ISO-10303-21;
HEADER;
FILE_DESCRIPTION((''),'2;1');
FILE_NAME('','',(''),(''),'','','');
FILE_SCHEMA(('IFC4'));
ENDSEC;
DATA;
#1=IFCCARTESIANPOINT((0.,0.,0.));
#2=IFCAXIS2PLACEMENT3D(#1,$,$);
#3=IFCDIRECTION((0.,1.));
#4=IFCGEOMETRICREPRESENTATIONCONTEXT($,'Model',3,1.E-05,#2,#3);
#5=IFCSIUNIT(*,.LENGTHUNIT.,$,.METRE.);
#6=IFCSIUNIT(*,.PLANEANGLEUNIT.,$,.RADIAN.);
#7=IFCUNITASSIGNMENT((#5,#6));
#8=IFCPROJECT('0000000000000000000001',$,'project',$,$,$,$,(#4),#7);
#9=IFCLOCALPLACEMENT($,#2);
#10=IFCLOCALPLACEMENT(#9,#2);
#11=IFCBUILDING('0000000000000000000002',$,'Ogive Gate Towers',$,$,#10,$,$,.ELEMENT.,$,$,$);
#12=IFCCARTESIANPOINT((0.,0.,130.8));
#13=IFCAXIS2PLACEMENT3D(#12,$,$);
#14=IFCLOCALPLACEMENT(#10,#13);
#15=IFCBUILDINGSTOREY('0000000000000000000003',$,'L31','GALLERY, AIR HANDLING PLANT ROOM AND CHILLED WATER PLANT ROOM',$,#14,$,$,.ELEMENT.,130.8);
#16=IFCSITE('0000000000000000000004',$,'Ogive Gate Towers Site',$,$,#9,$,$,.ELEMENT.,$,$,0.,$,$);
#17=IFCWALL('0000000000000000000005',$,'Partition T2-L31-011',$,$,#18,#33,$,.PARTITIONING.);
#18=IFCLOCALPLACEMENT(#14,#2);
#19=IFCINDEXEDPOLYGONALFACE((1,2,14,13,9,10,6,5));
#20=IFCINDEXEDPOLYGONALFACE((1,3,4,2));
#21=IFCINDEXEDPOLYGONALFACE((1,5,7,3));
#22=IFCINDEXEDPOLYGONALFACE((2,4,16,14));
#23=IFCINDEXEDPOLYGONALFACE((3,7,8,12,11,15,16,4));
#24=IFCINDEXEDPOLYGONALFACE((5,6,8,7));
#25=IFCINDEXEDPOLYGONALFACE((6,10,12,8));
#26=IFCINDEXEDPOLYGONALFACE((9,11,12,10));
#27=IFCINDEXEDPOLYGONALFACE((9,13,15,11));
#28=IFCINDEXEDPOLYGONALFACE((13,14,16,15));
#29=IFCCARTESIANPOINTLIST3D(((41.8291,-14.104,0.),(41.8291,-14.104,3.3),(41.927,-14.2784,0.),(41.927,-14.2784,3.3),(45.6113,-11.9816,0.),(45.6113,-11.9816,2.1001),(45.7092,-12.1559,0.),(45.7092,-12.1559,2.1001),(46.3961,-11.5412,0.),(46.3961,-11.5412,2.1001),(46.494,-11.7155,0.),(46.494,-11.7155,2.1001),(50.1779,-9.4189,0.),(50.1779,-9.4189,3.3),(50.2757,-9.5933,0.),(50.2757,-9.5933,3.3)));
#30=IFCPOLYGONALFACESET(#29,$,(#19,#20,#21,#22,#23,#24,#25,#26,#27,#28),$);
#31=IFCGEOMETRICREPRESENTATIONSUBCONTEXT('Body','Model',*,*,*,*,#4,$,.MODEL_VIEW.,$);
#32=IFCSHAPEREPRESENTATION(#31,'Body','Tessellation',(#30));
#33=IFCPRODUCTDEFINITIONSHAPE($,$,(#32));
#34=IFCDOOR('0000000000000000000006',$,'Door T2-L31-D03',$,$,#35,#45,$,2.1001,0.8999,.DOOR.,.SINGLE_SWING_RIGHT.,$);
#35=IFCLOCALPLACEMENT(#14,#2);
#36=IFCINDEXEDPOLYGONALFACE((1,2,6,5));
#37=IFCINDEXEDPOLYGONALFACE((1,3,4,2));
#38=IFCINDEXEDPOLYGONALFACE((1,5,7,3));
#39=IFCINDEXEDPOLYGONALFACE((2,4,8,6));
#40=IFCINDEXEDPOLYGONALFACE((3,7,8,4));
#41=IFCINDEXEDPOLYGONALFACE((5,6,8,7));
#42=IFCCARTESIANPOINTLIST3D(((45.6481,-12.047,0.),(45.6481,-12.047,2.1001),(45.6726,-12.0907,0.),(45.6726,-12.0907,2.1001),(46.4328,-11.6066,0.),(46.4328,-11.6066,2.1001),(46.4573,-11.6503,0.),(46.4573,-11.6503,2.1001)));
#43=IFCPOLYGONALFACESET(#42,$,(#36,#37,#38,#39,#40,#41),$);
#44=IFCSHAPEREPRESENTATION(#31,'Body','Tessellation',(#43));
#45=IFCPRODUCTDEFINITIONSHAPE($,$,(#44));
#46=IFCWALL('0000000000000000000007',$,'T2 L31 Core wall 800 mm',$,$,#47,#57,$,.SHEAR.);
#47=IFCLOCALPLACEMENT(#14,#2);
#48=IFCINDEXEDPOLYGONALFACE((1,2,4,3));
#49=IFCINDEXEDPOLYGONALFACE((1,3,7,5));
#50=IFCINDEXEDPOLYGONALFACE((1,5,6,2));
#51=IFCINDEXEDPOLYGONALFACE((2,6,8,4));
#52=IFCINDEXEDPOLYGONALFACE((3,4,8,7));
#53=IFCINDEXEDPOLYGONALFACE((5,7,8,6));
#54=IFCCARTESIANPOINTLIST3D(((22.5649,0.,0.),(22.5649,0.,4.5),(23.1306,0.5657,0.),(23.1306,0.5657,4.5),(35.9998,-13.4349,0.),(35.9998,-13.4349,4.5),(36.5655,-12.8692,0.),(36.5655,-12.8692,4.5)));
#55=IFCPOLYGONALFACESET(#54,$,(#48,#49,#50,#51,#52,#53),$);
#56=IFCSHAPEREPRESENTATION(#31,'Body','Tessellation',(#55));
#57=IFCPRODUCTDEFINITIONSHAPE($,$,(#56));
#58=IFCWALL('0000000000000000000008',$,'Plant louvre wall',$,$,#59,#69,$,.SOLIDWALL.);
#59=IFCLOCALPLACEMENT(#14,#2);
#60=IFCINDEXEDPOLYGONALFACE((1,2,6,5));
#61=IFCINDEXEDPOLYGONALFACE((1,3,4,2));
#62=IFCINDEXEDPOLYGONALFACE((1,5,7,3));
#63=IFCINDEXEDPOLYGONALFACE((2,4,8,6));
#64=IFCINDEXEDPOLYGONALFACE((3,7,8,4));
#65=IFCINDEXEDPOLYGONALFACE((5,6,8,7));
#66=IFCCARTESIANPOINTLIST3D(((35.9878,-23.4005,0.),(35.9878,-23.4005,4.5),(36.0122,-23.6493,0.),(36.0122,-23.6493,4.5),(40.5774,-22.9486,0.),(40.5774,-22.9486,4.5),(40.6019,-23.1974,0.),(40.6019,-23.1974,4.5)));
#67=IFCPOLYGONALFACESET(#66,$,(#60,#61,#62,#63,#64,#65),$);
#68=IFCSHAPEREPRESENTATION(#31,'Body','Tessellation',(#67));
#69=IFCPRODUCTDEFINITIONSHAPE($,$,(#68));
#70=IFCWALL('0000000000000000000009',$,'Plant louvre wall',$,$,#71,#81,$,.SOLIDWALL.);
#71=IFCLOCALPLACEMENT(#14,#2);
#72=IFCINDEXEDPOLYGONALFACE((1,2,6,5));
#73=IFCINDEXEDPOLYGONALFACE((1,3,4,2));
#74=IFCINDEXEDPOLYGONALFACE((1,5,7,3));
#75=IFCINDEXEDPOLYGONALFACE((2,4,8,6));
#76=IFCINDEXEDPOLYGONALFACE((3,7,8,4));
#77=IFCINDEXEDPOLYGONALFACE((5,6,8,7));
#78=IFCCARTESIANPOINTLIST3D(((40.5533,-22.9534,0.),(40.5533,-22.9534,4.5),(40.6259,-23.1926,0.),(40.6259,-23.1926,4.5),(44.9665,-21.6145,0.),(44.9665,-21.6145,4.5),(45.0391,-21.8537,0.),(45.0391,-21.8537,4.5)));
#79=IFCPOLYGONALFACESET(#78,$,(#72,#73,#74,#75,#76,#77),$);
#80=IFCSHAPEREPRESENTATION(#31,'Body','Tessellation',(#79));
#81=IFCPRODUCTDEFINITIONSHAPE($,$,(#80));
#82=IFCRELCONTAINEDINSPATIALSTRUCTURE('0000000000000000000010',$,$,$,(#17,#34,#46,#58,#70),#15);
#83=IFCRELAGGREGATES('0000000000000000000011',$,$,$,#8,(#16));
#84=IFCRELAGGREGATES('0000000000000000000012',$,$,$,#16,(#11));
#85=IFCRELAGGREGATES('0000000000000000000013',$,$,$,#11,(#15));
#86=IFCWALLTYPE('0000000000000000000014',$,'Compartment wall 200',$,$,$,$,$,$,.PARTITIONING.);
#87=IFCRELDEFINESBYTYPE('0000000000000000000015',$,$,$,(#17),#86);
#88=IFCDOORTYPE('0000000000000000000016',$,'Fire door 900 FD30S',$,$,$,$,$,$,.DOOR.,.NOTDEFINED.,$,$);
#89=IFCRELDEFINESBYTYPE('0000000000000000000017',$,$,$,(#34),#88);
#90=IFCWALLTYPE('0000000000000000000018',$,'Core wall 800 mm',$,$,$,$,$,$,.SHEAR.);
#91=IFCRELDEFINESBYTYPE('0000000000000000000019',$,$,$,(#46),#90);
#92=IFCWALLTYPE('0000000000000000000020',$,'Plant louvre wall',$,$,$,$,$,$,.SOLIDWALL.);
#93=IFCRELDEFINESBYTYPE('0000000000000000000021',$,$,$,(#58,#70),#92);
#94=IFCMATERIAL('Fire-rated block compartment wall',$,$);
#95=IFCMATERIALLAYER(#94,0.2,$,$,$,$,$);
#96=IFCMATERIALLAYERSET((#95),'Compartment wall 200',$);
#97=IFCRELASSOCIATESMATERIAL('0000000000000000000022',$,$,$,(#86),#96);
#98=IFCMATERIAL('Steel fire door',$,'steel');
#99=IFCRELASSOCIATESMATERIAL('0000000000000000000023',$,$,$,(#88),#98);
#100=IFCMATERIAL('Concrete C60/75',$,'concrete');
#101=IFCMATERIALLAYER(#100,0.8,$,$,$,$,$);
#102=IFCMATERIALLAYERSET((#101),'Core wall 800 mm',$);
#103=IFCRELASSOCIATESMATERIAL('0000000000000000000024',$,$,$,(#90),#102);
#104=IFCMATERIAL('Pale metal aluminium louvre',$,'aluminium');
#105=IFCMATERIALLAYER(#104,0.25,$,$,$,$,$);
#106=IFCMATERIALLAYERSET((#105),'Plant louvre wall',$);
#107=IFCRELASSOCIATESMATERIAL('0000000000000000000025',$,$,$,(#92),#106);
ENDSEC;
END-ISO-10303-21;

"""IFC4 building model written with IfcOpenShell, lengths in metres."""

from ifc_helpers import new_model, si_unit, direction, frame, frame_2d, origin, place, context, subcontext, project, spatial, rectangle, extrude, material, layer, layer_set, type_object, element, fill, save


model = new_model("IFC4")

# Units and contexts
model_context = context("Model", 3, precision=1e-05, world=origin(), true_north=direction((0.0, 1.0)))
body_context = subcontext(model_context, "Body", "Model", "MODEL_VIEW")
ifc_project = project(units=[si_unit("LENGTHUNIT", "METRE"), si_unit("PLANEANGLEUNIT", "RADIAN")], contexts=[model_context])

# Site, building, storey
site_placement = place(None, origin())
site = spatial("IfcSite", under=ifc_project, at=site_placement, Name="Ogive Gate Towers Site", CompositionType="ELEMENT", RefElevation=0.0)
building_placement = place(site_placement, origin())
building = spatial("IfcBuilding", under=site, at=building_placement, Name="Ogive Gate Towers", CompositionType="ELEMENT")
storey_placement = place(building_placement, frame((0.0, 0.0, 130.8)))
storey = spatial("IfcBuildingStorey", under=building, at=storey_placement, Name="L31", Description="GALLERY, AIR HANDLING PLANT ROOM AND CHILLED WATER PLANT ROOM", CompositionType="ELEMENT", Elevation=130.8)

# Shared definitions
ifc_material_1 = material(Name="Fire-rated block compartment wall")
ifc_layer_1 = layer(ifc_material_1, 0.2)
ifc_layer_set_1 = layer_set([ifc_layer_1], Name="Compartment wall 200")
wall_type_1 = type_object("IfcWallType", Name="Compartment wall 200", PredefinedType="PARTITIONING", material=ifc_layer_set_1)

# Wall, opening, door
ifc_material_2 = material(Name="Steel fire door", Category="steel")
door_type = type_object("IfcDoorType", Name="Fire door 900 FD30S", OperationType="NOTDEFINED", PredefinedType="DOOR", material=ifc_material_2)
wall_1_placement = place(storey_placement, frame((41.8782, -14.1912, 0.0), z_axis=(0.0, 0.0, 1.0), x_axis=(0.872068, 0.489384, 0.0)))
wall_1 = element("IfcWall", 1, at=wall_1_placement, inside=storey, type_object=wall_type_1, Name="Partition T2-L31-011", PredefinedType="PARTITIONING", context=body_context, shape_type="SweptSolid", body=[
    extrude(rectangle(XDim=9.5735, YDim=0.2, at=frame_2d((4.7866, 0.0))), origin(), (0.0, 0.0, 1.0), 3.3),
])
opening_1_placement = place(wall_1_placement, frame((4.3369, 0.0, 0.0)))
opening_1 = element("IfcOpeningElement", 2, at=opening_1_placement, cuts=wall_1, PredefinedType="OPENING", context=body_context, shape_type="SweptSolid", body=[
    extrude(rectangle(XDim=0.8999, YDim=2.1001, at=frame_2d((0.45, 1.05))), frame((0.0, 0.1099, 0.0), z_axis=(0.0, -1.0, 0.0), x_axis=(1.0, 0.0, 0.0)), (0.0, 0.0, 1.0), 0.22),
])
door_1_placement = place(opening_1_placement, origin())
door_1 = element("IfcDoor", 3, at=door_1_placement, inside=storey, type_object=door_type, Name="Door T2-L31-D03", OperationType="SINGLE_SWING_RIGHT", OverallHeight=2.1001, OverallWidth=0.8999, PredefinedType="DOOR", context=body_context, shape_type="SweptSolid", body=[
    extrude(rectangle(XDim=0.8999, YDim=2.1001, at=frame_2d((0.45, 1.05))), frame((0.0, 0.0249, 0.0), z_axis=(0.0, -1.0, 0.0), x_axis=(1.0, 0.0, 0.0)), (0.0, 0.0, 1.0), 0.05),
])
fill(opening_1, door_1)

# Walls
ifc_material_3 = material(Name="Concrete C60/75", Category="concrete")
ifc_layer_2 = layer(ifc_material_3, 0.8)
ifc_layer_set_2 = layer_set([ifc_layer_2], Name="Core wall 800 mm")
wall_type_2 = type_object("IfcWallType", Name="Core wall 800 mm", PredefinedType="SHEAR", material=ifc_layer_set_2)
wall_2_placement = place(storey_placement, frame((36.2827, -13.1521, 0.0), z_axis=(0.0, 0.0, 1.0), x_axis=(-0.707107, 0.707107, 0.0)))
element("IfcWall", 4, at=wall_2_placement, inside=storey, type_object=wall_type_2, Name="T2 L31 Core wall 800 mm", PredefinedType="SHEAR", context=body_context, shape_type="SweptSolid", body=[
    extrude(rectangle(XDim=18.9998, YDim=0.8, at=frame_2d((9.5, 0.0))), origin(), (0.0, 0.0, 1.0), 4.5),
])
ifc_material_4 = material(Name="Pale metal aluminium louvre", Category="aluminium")
ifc_layer_3 = layer(ifc_material_4, 0.25)
ifc_layer_set_3 = layer_set([ifc_layer_3], Name="Plant louvre wall")
wall_type_3 = type_object("IfcWallType", Name="Plant louvre wall", PredefinedType="SOLIDWALL", material=ifc_layer_set_3)
for number, where, z_axis, x_axis, name in (
    (5, (36.0, -23.5249, 0.0), (0.0, 0.0, 1.0), (0.995188, 0.097989, 0.0), "Plant louvre wall"),
    (6, (40.5896, -23.073, 0.0), (0.0, 0.0, 1.0), (0.95693, 0.290319, 0.0), "Plant louvre wall"),
):
    element("IfcWall", number, at=place(storey_placement, frame(where, z_axis=z_axis, x_axis=x_axis)), inside=storey, type_object=wall_type_3, Name=name, PredefinedType="SOLIDWALL", context=body_context, shape_type="SweptSolid", body=[
        extrude(rectangle(XDim=4.6118, YDim=0.25, at=frame_2d((2.3059, 0.0))), origin(), (0.0, 0.0, 1.0), 4.5),
    ])

save(model, "model.ifc")
